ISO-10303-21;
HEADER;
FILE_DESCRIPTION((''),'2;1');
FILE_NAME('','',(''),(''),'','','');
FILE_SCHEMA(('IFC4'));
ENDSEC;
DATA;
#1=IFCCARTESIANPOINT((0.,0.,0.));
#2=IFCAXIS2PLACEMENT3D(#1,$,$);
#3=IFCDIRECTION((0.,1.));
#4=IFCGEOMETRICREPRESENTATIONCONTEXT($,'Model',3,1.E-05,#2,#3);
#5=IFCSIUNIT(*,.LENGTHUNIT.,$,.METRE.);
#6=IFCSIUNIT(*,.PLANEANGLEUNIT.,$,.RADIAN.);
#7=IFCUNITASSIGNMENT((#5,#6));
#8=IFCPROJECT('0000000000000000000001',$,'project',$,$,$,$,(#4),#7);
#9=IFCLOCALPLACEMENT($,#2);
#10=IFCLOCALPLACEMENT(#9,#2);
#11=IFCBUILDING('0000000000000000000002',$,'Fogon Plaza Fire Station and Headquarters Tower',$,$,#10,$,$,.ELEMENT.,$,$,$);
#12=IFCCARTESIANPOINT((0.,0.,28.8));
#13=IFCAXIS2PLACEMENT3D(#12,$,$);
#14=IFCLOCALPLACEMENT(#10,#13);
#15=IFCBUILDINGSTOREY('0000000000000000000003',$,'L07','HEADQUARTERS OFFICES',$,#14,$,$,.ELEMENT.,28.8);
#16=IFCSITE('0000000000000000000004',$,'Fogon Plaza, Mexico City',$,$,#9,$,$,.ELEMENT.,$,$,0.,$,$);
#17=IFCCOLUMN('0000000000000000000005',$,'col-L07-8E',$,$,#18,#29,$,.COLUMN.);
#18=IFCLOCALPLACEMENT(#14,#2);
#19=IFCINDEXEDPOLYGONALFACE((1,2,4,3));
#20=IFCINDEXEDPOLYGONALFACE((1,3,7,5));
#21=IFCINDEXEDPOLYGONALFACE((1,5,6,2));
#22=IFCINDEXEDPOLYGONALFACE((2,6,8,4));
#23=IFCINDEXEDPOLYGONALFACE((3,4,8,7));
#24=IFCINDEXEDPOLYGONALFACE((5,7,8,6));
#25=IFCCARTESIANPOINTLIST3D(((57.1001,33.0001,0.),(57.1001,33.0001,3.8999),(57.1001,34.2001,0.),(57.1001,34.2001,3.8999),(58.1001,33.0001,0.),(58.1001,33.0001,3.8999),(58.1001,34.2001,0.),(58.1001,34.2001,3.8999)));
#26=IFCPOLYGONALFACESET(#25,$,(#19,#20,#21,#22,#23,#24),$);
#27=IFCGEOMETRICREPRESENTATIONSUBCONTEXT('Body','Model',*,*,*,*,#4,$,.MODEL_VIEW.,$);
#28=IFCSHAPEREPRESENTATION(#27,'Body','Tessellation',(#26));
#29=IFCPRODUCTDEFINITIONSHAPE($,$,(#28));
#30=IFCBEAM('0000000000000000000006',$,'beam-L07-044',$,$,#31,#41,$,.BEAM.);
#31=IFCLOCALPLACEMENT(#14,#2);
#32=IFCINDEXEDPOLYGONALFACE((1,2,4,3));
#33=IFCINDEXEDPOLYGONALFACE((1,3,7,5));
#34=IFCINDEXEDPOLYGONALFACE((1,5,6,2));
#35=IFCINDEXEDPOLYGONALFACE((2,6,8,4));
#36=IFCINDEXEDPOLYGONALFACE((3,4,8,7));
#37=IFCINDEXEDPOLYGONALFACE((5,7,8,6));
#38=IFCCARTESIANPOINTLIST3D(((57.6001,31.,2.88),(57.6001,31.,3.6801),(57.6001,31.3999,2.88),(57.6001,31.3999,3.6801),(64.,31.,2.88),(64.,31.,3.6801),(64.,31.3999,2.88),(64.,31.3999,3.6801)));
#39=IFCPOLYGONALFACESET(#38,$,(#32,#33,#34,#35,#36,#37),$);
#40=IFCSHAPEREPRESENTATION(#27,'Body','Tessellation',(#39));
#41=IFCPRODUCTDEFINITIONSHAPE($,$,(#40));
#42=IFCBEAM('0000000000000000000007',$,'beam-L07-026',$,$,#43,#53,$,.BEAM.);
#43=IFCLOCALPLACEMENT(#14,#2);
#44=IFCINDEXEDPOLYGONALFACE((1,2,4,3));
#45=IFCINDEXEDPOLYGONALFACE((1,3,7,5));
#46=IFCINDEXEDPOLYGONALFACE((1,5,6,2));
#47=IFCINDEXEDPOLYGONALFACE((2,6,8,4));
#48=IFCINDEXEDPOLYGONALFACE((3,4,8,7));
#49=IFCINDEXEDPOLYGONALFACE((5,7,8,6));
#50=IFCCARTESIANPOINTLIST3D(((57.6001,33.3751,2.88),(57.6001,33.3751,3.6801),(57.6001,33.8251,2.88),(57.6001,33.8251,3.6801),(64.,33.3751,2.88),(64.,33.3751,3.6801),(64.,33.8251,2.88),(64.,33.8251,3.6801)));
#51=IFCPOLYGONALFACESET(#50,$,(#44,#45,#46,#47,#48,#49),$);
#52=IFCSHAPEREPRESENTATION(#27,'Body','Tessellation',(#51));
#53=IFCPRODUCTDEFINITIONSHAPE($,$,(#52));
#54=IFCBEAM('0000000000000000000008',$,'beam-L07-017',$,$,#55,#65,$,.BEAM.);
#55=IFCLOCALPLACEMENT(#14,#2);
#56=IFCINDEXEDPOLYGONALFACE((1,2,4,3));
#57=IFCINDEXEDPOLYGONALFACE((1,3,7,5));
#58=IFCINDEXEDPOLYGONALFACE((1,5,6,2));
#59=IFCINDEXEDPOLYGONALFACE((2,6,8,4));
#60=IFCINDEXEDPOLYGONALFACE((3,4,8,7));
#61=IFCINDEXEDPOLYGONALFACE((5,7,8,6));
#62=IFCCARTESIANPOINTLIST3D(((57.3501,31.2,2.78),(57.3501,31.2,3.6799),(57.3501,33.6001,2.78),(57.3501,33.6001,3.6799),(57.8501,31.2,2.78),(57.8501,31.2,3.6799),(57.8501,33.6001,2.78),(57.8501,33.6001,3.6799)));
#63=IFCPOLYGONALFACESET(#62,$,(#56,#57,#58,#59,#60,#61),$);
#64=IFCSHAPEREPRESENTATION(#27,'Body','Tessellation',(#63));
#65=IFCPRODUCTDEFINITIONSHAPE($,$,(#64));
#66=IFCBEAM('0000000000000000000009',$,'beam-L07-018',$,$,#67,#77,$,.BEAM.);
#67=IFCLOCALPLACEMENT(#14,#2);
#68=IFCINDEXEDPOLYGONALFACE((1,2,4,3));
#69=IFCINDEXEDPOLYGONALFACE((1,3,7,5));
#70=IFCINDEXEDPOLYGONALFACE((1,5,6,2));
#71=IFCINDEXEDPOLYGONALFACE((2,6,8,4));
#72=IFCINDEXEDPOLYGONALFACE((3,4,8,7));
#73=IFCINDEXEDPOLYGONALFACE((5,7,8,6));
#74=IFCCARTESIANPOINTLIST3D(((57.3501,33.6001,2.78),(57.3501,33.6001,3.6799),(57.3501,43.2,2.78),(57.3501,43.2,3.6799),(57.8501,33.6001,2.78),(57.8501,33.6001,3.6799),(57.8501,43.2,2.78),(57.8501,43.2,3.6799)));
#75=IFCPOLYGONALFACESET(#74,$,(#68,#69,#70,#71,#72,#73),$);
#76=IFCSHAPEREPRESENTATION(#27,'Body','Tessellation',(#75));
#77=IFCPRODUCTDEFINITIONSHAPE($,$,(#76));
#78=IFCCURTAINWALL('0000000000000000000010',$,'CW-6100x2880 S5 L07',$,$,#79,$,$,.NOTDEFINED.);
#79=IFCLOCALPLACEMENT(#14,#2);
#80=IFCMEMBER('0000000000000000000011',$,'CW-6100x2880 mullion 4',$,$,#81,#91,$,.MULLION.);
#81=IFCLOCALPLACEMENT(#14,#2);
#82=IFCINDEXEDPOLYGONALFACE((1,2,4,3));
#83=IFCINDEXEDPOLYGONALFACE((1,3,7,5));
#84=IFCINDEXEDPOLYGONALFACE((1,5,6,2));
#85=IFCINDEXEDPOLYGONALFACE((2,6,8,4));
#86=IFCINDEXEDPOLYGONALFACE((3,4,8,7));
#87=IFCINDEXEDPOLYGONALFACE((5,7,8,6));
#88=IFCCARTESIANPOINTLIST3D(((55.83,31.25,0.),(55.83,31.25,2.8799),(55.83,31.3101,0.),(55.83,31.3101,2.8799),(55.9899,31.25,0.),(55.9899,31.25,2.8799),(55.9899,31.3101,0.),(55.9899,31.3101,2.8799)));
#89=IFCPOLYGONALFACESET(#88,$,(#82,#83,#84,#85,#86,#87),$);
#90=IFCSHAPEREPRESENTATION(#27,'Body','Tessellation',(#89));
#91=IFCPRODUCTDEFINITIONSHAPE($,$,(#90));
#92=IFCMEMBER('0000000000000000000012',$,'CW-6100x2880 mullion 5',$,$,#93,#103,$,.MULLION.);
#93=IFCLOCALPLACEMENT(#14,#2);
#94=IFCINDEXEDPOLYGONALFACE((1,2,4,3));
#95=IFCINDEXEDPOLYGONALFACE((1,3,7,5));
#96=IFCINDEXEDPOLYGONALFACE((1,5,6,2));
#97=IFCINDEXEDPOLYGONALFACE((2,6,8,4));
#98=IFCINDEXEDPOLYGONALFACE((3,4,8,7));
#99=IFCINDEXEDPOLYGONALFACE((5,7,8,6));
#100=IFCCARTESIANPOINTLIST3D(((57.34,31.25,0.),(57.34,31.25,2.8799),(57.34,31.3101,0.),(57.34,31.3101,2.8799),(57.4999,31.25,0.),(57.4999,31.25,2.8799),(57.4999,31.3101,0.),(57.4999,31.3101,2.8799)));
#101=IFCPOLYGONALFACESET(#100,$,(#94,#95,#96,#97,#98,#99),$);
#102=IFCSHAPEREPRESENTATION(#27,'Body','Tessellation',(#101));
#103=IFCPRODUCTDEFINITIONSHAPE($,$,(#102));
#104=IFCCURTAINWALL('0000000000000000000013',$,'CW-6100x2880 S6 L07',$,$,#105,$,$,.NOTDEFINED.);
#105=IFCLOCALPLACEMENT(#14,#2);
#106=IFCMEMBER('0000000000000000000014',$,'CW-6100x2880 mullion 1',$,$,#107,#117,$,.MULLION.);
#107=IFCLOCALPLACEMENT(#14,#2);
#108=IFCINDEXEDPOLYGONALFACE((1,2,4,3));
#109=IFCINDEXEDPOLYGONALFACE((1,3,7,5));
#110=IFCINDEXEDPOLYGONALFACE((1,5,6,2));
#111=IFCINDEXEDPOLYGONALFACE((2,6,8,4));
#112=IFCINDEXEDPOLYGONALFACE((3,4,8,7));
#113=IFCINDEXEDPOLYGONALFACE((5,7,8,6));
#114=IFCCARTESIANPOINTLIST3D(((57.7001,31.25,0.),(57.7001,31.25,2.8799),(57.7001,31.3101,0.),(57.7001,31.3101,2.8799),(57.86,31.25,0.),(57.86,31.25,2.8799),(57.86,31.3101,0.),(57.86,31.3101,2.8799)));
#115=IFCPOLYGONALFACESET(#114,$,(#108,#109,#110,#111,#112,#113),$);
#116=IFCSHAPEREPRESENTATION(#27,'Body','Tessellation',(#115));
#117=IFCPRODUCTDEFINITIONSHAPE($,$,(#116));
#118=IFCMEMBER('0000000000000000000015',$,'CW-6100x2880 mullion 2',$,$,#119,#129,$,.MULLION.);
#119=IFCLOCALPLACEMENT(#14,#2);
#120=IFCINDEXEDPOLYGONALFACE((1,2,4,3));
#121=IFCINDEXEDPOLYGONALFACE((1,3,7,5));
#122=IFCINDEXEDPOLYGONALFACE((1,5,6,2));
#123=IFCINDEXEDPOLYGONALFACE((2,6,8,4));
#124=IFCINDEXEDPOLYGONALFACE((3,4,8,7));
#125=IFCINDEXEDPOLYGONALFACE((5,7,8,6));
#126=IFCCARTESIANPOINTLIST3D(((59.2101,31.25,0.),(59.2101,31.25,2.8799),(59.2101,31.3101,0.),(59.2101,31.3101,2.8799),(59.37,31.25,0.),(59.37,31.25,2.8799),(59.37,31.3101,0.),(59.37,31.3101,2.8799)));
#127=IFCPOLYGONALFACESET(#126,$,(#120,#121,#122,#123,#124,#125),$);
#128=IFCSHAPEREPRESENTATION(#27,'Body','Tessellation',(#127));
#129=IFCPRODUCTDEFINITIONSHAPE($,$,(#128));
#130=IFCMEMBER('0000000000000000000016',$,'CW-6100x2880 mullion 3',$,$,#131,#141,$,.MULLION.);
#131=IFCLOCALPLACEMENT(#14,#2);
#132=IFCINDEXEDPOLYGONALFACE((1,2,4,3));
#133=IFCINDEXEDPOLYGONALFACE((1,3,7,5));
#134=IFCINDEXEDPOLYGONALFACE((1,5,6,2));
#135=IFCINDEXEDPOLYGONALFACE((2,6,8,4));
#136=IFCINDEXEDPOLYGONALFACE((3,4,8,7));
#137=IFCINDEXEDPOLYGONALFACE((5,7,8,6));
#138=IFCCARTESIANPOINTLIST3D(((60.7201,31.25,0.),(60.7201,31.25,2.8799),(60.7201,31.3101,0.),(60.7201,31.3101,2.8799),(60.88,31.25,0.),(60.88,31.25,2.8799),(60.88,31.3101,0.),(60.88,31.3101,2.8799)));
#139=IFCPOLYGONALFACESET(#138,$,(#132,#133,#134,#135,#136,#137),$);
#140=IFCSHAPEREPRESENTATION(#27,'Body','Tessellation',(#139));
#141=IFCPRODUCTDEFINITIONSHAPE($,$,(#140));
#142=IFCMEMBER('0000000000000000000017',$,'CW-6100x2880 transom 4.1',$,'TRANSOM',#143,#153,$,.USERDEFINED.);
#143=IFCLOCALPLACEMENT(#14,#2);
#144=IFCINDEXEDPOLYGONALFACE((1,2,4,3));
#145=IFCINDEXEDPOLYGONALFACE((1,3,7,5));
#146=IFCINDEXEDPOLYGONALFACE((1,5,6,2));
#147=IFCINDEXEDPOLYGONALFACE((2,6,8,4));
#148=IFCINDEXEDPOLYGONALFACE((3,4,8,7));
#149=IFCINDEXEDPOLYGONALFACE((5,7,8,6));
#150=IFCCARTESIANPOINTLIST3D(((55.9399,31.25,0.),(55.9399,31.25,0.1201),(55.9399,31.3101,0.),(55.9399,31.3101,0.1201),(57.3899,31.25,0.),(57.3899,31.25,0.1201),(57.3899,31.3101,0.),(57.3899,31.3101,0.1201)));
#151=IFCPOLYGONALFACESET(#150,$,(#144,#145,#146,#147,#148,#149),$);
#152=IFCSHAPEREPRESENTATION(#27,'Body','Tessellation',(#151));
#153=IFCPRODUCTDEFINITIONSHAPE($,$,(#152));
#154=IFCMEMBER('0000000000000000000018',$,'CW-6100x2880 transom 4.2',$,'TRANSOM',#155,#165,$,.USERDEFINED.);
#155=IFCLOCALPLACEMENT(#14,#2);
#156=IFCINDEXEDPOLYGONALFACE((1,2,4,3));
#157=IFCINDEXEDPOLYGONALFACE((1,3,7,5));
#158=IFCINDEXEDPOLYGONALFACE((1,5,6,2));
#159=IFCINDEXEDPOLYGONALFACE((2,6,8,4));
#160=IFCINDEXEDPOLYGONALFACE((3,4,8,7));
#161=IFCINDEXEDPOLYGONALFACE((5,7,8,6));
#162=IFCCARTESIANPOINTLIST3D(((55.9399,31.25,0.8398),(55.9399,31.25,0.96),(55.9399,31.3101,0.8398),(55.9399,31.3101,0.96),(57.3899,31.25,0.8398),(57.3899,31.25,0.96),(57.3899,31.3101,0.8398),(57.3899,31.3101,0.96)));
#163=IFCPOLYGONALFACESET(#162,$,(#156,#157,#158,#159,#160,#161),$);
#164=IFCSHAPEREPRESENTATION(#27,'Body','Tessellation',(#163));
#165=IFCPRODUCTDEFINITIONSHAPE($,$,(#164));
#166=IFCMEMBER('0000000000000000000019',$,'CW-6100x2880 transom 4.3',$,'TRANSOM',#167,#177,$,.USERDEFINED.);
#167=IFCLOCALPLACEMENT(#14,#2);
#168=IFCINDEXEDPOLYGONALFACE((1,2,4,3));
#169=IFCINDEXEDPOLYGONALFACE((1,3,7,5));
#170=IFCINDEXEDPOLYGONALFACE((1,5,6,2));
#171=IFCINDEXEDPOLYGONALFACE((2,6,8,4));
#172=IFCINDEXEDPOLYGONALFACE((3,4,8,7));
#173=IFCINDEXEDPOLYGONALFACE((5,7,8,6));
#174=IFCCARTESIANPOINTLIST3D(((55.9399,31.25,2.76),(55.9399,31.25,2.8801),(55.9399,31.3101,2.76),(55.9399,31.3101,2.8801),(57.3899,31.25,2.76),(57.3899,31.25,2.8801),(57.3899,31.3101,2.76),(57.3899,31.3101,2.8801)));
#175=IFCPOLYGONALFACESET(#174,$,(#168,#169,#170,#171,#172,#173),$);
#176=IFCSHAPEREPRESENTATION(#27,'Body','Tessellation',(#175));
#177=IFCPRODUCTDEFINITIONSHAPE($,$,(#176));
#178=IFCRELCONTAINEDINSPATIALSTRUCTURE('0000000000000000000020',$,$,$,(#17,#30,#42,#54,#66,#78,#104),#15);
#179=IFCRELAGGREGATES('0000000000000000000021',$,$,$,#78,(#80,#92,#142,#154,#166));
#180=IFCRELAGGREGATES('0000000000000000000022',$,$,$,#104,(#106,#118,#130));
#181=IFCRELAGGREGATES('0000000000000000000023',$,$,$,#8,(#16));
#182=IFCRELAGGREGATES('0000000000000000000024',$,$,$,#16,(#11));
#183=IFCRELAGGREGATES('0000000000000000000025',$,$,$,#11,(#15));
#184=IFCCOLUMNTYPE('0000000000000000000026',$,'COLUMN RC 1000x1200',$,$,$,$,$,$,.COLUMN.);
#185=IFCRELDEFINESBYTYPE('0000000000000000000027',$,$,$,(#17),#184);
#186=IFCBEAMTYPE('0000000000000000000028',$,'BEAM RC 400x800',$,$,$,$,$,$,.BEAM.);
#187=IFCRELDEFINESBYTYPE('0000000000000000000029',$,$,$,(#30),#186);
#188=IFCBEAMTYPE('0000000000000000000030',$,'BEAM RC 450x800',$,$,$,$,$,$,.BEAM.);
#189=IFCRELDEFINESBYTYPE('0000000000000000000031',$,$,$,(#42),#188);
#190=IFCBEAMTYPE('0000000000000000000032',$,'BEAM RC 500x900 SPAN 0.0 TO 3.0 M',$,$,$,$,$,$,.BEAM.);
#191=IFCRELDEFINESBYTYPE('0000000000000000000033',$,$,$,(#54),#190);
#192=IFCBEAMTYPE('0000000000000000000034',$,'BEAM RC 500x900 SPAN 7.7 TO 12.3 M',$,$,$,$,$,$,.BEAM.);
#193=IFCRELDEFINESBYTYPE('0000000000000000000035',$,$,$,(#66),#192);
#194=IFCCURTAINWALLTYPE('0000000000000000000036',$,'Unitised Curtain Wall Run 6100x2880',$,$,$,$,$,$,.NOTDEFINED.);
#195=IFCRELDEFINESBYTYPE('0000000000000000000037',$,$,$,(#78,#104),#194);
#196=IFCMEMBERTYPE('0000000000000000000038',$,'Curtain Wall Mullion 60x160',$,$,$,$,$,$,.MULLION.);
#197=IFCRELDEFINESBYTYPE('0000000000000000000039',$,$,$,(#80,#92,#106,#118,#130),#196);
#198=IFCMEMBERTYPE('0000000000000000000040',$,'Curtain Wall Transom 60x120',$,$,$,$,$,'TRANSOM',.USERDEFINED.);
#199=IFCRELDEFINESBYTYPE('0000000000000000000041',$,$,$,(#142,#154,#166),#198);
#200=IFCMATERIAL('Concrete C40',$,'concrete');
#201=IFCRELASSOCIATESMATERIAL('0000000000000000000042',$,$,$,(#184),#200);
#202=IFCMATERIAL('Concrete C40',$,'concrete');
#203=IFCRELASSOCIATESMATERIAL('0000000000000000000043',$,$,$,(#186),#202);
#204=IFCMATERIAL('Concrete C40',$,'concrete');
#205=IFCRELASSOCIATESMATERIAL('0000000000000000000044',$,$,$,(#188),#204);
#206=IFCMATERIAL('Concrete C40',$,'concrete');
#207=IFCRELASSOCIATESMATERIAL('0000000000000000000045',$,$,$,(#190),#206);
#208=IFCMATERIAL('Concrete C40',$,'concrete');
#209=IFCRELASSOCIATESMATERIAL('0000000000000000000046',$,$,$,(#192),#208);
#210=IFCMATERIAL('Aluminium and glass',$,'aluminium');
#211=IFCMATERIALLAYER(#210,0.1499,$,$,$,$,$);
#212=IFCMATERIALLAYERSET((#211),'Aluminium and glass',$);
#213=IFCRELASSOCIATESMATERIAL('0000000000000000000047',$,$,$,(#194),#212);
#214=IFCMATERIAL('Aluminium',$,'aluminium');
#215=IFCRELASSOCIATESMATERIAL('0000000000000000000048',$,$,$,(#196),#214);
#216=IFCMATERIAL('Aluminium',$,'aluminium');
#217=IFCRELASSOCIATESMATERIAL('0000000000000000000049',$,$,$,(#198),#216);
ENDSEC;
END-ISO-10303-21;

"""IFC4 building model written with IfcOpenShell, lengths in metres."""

from ifc_helpers import new_model, si_unit, direction, frame, origin, origin_2d, place, context, subcontext, project, spatial, rectangle, extrude, material, layer, layer_set, material_profile, profile_set, type_object, element, aggregate, save


model = new_model("IFC4")

# Units and contexts
model_context = context("Model", 3, precision=1e-05, world=origin(), true_north=direction((0.0, 1.0)))
body_context = subcontext(model_context, "Body", "Model", "MODEL_VIEW")
ifc_project = project(units=[si_unit("LENGTHUNIT", "METRE"), si_unit("PLANEANGLEUNIT", "RADIAN")], contexts=[model_context])

# Site, building, storey
site_placement = place(None, origin())
site = spatial("IfcSite", under=ifc_project, at=site_placement, Name="Fogon Plaza, Mexico City", CompositionType="ELEMENT", RefElevation=0.0)
building_placement = place(site_placement, origin())
building = spatial("IfcBuilding", under=site, at=building_placement, Name="Fogon Plaza Fire Station and Headquarters Tower", CompositionType="ELEMENT")
storey_placement = place(building_placement, frame((0.0, 0.0, 28.8)))
storey = spatial("IfcBuildingStorey", under=building, at=storey_placement, Name="L07", Description="HEADQUARTERS OFFICES", CompositionType="ELEMENT", Elevation=28.8)

# Column
ifc_material_1 = material(Name="Concrete C40", Category="concrete")
ifc_material_profile_1 = material_profile(ifc_material_1, rectangle(XDim=1.0, YDim=1.2, at=origin_2d()), Name="RC 1000x1200")
ifc_profile_set_1 = profile_set([ifc_material_profile_1], Name="Concrete C40")
column_type = type_object("IfcColumnType", Name="COLUMN RC 1000x1200", PredefinedType="COLUMN", material=ifc_profile_set_1)
column_placement = place(storey_placement, frame((57.6001, 33.6001, 0.0), z_axis=(0.0, 0.0, 1.0), x_axis=(1.0, 0.0, 0.0)))
element("IfcColumn", 1, at=column_placement, inside=storey, type_object=column_type, Name="col-L07-8E", PredefinedType="COLUMN", context=body_context, shape_type="SweptSolid", body=[
    extrude(rectangle(XDim=1.0, YDim=1.2, at=origin_2d()), origin(), (0.0, 0.0, 1.0), 3.8999),
])

# Beams
ifc_material_2 = material(Name="Concrete C40", Category="concrete")
ifc_material_profile_2 = material_profile(ifc_material_2, rectangle(XDim=0.3999, YDim=0.8, at=origin_2d()), Name="RC 400x800")
ifc_profile_set_2 = profile_set([ifc_material_profile_2], Name="Concrete C40")
beam_type_1 = type_object("IfcBeamType", Name="BEAM RC 400x800", PredefinedType="BEAM", material=ifc_profile_set_2)
beam_1_placement = place(storey_placement, frame((57.6001, 31.2, 3.28), z_axis=(1.0, 0.0, 0.0), x_axis=(0.0, 1.0, 0.0)))
element("IfcBeam", 2, at=beam_1_placement, inside=storey, type_object=beam_type_1, Name="beam-L07-044", PredefinedType="BEAM", context=body_context, shape_type="SweptSolid", body=[
    extrude(rectangle(XDim=0.3999, YDim=0.8, at=origin_2d()), origin(), (0.0, 0.0, 1.0), 6.3999),
])
ifc_material_3 = material(Name="Concrete C40", Category="concrete")
ifc_material_profile_3 = material_profile(ifc_material_3, rectangle(XDim=0.45, YDim=0.8, at=origin_2d()), Name="RC 450x800")
ifc_profile_set_3 = profile_set([ifc_material_profile_3], Name="Concrete C40")
beam_type_2 = type_object("IfcBeamType", Name="BEAM RC 450x800", PredefinedType="BEAM", material=ifc_profile_set_3)
beam_2_placement = place(storey_placement, frame((57.6001, 33.6001, 3.28), z_axis=(1.0, 0.0, 0.0), x_axis=(0.0, 1.0, 0.0)))
element("IfcBeam", 3, at=beam_2_placement, inside=storey, type_object=beam_type_2, Name="beam-L07-026", PredefinedType="BEAM", context=body_context, shape_type="SweptSolid", body=[
    extrude(rectangle(XDim=0.45, YDim=0.8, at=origin_2d()), origin(), (0.0, 0.0, 1.0), 6.3999),
])
ifc_material_4 = material(Name="Concrete C40", Category="concrete")
ifc_material_profile_4 = material_profile(ifc_material_4, rectangle(XDim=0.5, YDim=0.8999, at=origin_2d()), Name="RC 500x900")
ifc_profile_set_4 = profile_set([ifc_material_profile_4], Name="Concrete C40")
beam_type_3 = type_object("IfcBeamType", Name="BEAM RC 500x900 SPAN 0.0 TO 3.0 M", PredefinedType="BEAM", material=ifc_profile_set_4)
beam_3_placement = place(storey_placement, frame((57.6001, 31.2, 3.23), z_axis=(0.0, 1.0, 0.0), x_axis=(-1.0, 0.0, 0.0)))
element("IfcBeam", 4, at=beam_3_placement, inside=storey, type_object=beam_type_3, Name="beam-L07-017", PredefinedType="BEAM", context=body_context, shape_type="SweptSolid", body=[
    extrude(rectangle(XDim=0.5, YDim=0.8999, at=origin_2d()), origin(), (0.0, 0.0, 1.0), 2.4001),
])
ifc_material_5 = material(Name="Concrete C40", Category="concrete")
ifc_material_profile_5 = material_profile(ifc_material_5, rectangle(XDim=0.5, YDim=0.8999, at=origin_2d()), Name="RC 500x900")
ifc_profile_set_5 = profile_set([ifc_material_profile_5], Name="Concrete C40")
beam_type_4 = type_object("IfcBeamType", Name="BEAM RC 500x900 SPAN 7.7 TO 12.3 M", PredefinedType="BEAM", material=ifc_profile_set_5)
beam_4_placement = place(storey_placement, frame((57.6001, 33.6001, 3.23), z_axis=(0.0, 1.0, 0.0), x_axis=(-1.0, 0.0, 0.0)))
element("IfcBeam", 5, at=beam_4_placement, inside=storey, type_object=beam_type_4, Name="beam-L07-018", PredefinedType="BEAM", context=body_context, shape_type="SweptSolid", body=[
    extrude(rectangle(XDim=0.5, YDim=0.8999, at=origin_2d()), origin(), (0.0, 0.0, 1.0), 9.5999),
])

# Curtain walls, members
ifc_material_6 = material(Name="Aluminium and glass", Category="aluminium")
ifc_layer_1 = layer(ifc_material_6, 0.1499)
ifc_layer_set_1 = layer_set([ifc_layer_1], Name="Aluminium and glass")
curtain_wall_type = type_object("IfcCurtainWallType", Name="Unitised Curtain Wall Run 6100x2880", PredefinedType="NOTDEFINED", material=ifc_layer_set_1)
curtain_wall_1_placement = place(storey_placement, origin())
curtain_wall_1 = element("IfcCurtainWall", 6, at=curtain_wall_1_placement, inside=storey, type_object=curtain_wall_type, Name="CW-6100x2880 S5 L07", PredefinedType="NOTDEFINED")
ifc_material_7 = material(Name="Aluminium", Category="aluminium")
ifc_material_profile_6 = material_profile(ifc_material_7, rectangle(XDim=0.0601, YDim=0.1599, at=origin_2d()), Name="Curtain Wall Mullion 60x160")
ifc_profile_set_6 = profile_set([ifc_material_profile_6], Name="Aluminium")
member_type_1 = type_object("IfcMemberType", Name="Curtain Wall Mullion 60x160", PredefinedType="MULLION", material=ifc_profile_set_6)
member_1_placement = place(storey_placement, frame((55.9099, 31.28, 0.0), z_axis=(0.0, 0.0, 1.0), x_axis=(0.0, 1.0, 0.0)))
member_1 = element("IfcMember", 7, at=member_1_placement, type_object=member_type_1, Name="CW-6100x2880 mullion 4", PredefinedType="MULLION", context=body_context, shape_type="SweptSolid", body=[
    extrude(rectangle(XDim=0.0601, YDim=0.1599, at=origin_2d()), origin(), (0.0, 0.0, 1.0), 2.8799),
])
member_2_placement = place(storey_placement, frame((57.4199, 31.28, 0.0), z_axis=(0.0, 0.0, 1.0), x_axis=(0.0, 1.0, 0.0)))
member_2 = element("IfcMember", 8, at=member_2_placement, type_object=member_type_1, Name="CW-6100x2880 mullion 5", PredefinedType="MULLION", context=body_context, shape_type="SweptSolid", body=[
    extrude(rectangle(XDim=0.0601, YDim=0.1599, at=origin_2d()), origin(), (0.0, 0.0, 1.0), 2.8799),
])
curtain_wall_2_placement = place(storey_placement, origin())
curtain_wall_2 = element("IfcCurtainWall", 9, at=curtain_wall_2_placement, inside=storey, type_object=curtain_wall_type, Name="CW-6100x2880 S6 L07", PredefinedType="NOTDEFINED")
member_3_placement = place(storey_placement, frame((57.78, 31.28, 0.0), z_axis=(0.0, 0.0, 1.0), x_axis=(0.0, 1.0, 0.0)))
member_3 = element("IfcMember", 10, at=member_3_placement, type_object=member_type_1, Name="CW-6100x2880 mullion 1", PredefinedType="MULLION", context=body_context, shape_type="SweptSolid", body=[
    extrude(rectangle(XDim=0.0601, YDim=0.1599, at=origin_2d()), origin(), (0.0, 0.0, 1.0), 2.8799),
])
member_4_placement = place(storey_placement, frame((59.29, 31.28, 0.0), z_axis=(0.0, 0.0, 1.0), x_axis=(0.0, 1.0, 0.0)))
member_4 = element("IfcMember", 11, at=member_4_placement, type_object=member_type_1, Name="CW-6100x2880 mullion 2", PredefinedType="MULLION", context=body_context, shape_type="SweptSolid", body=[
    extrude(rectangle(XDim=0.0601, YDim=0.1599, at=origin_2d()), origin(), (0.0, 0.0, 1.0), 2.8799),
])
member_5_placement = place(storey_placement, frame((60.8, 31.28, 0.0), z_axis=(0.0, 0.0, 1.0), x_axis=(0.0, 1.0, 0.0)))
member_5 = element("IfcMember", 12, at=member_5_placement, type_object=member_type_1, Name="CW-6100x2880 mullion 3", PredefinedType="MULLION", context=body_context, shape_type="SweptSolid", body=[
    extrude(rectangle(XDim=0.0601, YDim=0.1599, at=origin_2d()), origin(), (0.0, 0.0, 1.0), 2.8799),
])

# Members
ifc_material_8 = material(Name="Aluminium", Category="aluminium")
ifc_material_profile_7 = material_profile(ifc_material_8, rectangle(XDim=0.0601, YDim=0.1201, at=origin_2d()), Name="Curtain Wall Transom 60x120")
ifc_profile_set_7 = profile_set([ifc_material_profile_7], Name="Aluminium")
member_type_2 = type_object("IfcMemberType", Name="Curtain Wall Transom 60x120", ElementType="TRANSOM", PredefinedType="USERDEFINED", material=ifc_profile_set_7)
member_6_placement = place(storey_placement, frame((55.9399, 31.28, 0.0601), z_axis=(1.0, 0.0, 0.0), x_axis=(0.0, 1.0, 0.0)))
member_6 = element("IfcMember", 13, at=member_6_placement, type_object=member_type_2, Name="CW-6100x2880 transom 4.1", ObjectType="TRANSOM", PredefinedType="USERDEFINED", context=body_context, shape_type="SweptSolid", body=[
    extrude(rectangle(XDim=0.0601, YDim=0.1201, at=origin_2d()), origin(), (0.0, 0.0, 1.0), 1.45),
])
member_7_placement = place(storey_placement, frame((55.9399, 31.28, 0.8999), z_axis=(1.0, 0.0, 0.0), x_axis=(0.0, 1.0, 0.0)))
member_7 = element("IfcMember", 14, at=member_7_placement, type_object=member_type_2, Name="CW-6100x2880 transom 4.2", ObjectType="TRANSOM", PredefinedType="USERDEFINED", context=body_context, shape_type="SweptSolid", body=[
    extrude(rectangle(XDim=0.0601, YDim=0.1201, at=origin_2d()), origin(), (0.0, 0.0, 1.0), 1.45),
])
member_8_placement = place(storey_placement, frame((55.9399, 31.28, 2.8201), z_axis=(1.0, 0.0, 0.0), x_axis=(0.0, 1.0, 0.0)))
member_8 = element("IfcMember", 15, at=member_8_placement, type_object=member_type_2, Name="CW-6100x2880 transom 4.3", ObjectType="TRANSOM", PredefinedType="USERDEFINED", context=body_context, shape_type="SweptSolid", body=[
    extrude(rectangle(XDim=0.0601, YDim=0.1201, at=origin_2d()), origin(), (0.0, 0.0, 1.0), 1.45),
])

aggregate(curtain_wall_1, [member_1, member_2, member_6, member_7, member_8])
aggregate(curtain_wall_2, [member_3, member_4, member_5])

save(model, "model.ifc")
